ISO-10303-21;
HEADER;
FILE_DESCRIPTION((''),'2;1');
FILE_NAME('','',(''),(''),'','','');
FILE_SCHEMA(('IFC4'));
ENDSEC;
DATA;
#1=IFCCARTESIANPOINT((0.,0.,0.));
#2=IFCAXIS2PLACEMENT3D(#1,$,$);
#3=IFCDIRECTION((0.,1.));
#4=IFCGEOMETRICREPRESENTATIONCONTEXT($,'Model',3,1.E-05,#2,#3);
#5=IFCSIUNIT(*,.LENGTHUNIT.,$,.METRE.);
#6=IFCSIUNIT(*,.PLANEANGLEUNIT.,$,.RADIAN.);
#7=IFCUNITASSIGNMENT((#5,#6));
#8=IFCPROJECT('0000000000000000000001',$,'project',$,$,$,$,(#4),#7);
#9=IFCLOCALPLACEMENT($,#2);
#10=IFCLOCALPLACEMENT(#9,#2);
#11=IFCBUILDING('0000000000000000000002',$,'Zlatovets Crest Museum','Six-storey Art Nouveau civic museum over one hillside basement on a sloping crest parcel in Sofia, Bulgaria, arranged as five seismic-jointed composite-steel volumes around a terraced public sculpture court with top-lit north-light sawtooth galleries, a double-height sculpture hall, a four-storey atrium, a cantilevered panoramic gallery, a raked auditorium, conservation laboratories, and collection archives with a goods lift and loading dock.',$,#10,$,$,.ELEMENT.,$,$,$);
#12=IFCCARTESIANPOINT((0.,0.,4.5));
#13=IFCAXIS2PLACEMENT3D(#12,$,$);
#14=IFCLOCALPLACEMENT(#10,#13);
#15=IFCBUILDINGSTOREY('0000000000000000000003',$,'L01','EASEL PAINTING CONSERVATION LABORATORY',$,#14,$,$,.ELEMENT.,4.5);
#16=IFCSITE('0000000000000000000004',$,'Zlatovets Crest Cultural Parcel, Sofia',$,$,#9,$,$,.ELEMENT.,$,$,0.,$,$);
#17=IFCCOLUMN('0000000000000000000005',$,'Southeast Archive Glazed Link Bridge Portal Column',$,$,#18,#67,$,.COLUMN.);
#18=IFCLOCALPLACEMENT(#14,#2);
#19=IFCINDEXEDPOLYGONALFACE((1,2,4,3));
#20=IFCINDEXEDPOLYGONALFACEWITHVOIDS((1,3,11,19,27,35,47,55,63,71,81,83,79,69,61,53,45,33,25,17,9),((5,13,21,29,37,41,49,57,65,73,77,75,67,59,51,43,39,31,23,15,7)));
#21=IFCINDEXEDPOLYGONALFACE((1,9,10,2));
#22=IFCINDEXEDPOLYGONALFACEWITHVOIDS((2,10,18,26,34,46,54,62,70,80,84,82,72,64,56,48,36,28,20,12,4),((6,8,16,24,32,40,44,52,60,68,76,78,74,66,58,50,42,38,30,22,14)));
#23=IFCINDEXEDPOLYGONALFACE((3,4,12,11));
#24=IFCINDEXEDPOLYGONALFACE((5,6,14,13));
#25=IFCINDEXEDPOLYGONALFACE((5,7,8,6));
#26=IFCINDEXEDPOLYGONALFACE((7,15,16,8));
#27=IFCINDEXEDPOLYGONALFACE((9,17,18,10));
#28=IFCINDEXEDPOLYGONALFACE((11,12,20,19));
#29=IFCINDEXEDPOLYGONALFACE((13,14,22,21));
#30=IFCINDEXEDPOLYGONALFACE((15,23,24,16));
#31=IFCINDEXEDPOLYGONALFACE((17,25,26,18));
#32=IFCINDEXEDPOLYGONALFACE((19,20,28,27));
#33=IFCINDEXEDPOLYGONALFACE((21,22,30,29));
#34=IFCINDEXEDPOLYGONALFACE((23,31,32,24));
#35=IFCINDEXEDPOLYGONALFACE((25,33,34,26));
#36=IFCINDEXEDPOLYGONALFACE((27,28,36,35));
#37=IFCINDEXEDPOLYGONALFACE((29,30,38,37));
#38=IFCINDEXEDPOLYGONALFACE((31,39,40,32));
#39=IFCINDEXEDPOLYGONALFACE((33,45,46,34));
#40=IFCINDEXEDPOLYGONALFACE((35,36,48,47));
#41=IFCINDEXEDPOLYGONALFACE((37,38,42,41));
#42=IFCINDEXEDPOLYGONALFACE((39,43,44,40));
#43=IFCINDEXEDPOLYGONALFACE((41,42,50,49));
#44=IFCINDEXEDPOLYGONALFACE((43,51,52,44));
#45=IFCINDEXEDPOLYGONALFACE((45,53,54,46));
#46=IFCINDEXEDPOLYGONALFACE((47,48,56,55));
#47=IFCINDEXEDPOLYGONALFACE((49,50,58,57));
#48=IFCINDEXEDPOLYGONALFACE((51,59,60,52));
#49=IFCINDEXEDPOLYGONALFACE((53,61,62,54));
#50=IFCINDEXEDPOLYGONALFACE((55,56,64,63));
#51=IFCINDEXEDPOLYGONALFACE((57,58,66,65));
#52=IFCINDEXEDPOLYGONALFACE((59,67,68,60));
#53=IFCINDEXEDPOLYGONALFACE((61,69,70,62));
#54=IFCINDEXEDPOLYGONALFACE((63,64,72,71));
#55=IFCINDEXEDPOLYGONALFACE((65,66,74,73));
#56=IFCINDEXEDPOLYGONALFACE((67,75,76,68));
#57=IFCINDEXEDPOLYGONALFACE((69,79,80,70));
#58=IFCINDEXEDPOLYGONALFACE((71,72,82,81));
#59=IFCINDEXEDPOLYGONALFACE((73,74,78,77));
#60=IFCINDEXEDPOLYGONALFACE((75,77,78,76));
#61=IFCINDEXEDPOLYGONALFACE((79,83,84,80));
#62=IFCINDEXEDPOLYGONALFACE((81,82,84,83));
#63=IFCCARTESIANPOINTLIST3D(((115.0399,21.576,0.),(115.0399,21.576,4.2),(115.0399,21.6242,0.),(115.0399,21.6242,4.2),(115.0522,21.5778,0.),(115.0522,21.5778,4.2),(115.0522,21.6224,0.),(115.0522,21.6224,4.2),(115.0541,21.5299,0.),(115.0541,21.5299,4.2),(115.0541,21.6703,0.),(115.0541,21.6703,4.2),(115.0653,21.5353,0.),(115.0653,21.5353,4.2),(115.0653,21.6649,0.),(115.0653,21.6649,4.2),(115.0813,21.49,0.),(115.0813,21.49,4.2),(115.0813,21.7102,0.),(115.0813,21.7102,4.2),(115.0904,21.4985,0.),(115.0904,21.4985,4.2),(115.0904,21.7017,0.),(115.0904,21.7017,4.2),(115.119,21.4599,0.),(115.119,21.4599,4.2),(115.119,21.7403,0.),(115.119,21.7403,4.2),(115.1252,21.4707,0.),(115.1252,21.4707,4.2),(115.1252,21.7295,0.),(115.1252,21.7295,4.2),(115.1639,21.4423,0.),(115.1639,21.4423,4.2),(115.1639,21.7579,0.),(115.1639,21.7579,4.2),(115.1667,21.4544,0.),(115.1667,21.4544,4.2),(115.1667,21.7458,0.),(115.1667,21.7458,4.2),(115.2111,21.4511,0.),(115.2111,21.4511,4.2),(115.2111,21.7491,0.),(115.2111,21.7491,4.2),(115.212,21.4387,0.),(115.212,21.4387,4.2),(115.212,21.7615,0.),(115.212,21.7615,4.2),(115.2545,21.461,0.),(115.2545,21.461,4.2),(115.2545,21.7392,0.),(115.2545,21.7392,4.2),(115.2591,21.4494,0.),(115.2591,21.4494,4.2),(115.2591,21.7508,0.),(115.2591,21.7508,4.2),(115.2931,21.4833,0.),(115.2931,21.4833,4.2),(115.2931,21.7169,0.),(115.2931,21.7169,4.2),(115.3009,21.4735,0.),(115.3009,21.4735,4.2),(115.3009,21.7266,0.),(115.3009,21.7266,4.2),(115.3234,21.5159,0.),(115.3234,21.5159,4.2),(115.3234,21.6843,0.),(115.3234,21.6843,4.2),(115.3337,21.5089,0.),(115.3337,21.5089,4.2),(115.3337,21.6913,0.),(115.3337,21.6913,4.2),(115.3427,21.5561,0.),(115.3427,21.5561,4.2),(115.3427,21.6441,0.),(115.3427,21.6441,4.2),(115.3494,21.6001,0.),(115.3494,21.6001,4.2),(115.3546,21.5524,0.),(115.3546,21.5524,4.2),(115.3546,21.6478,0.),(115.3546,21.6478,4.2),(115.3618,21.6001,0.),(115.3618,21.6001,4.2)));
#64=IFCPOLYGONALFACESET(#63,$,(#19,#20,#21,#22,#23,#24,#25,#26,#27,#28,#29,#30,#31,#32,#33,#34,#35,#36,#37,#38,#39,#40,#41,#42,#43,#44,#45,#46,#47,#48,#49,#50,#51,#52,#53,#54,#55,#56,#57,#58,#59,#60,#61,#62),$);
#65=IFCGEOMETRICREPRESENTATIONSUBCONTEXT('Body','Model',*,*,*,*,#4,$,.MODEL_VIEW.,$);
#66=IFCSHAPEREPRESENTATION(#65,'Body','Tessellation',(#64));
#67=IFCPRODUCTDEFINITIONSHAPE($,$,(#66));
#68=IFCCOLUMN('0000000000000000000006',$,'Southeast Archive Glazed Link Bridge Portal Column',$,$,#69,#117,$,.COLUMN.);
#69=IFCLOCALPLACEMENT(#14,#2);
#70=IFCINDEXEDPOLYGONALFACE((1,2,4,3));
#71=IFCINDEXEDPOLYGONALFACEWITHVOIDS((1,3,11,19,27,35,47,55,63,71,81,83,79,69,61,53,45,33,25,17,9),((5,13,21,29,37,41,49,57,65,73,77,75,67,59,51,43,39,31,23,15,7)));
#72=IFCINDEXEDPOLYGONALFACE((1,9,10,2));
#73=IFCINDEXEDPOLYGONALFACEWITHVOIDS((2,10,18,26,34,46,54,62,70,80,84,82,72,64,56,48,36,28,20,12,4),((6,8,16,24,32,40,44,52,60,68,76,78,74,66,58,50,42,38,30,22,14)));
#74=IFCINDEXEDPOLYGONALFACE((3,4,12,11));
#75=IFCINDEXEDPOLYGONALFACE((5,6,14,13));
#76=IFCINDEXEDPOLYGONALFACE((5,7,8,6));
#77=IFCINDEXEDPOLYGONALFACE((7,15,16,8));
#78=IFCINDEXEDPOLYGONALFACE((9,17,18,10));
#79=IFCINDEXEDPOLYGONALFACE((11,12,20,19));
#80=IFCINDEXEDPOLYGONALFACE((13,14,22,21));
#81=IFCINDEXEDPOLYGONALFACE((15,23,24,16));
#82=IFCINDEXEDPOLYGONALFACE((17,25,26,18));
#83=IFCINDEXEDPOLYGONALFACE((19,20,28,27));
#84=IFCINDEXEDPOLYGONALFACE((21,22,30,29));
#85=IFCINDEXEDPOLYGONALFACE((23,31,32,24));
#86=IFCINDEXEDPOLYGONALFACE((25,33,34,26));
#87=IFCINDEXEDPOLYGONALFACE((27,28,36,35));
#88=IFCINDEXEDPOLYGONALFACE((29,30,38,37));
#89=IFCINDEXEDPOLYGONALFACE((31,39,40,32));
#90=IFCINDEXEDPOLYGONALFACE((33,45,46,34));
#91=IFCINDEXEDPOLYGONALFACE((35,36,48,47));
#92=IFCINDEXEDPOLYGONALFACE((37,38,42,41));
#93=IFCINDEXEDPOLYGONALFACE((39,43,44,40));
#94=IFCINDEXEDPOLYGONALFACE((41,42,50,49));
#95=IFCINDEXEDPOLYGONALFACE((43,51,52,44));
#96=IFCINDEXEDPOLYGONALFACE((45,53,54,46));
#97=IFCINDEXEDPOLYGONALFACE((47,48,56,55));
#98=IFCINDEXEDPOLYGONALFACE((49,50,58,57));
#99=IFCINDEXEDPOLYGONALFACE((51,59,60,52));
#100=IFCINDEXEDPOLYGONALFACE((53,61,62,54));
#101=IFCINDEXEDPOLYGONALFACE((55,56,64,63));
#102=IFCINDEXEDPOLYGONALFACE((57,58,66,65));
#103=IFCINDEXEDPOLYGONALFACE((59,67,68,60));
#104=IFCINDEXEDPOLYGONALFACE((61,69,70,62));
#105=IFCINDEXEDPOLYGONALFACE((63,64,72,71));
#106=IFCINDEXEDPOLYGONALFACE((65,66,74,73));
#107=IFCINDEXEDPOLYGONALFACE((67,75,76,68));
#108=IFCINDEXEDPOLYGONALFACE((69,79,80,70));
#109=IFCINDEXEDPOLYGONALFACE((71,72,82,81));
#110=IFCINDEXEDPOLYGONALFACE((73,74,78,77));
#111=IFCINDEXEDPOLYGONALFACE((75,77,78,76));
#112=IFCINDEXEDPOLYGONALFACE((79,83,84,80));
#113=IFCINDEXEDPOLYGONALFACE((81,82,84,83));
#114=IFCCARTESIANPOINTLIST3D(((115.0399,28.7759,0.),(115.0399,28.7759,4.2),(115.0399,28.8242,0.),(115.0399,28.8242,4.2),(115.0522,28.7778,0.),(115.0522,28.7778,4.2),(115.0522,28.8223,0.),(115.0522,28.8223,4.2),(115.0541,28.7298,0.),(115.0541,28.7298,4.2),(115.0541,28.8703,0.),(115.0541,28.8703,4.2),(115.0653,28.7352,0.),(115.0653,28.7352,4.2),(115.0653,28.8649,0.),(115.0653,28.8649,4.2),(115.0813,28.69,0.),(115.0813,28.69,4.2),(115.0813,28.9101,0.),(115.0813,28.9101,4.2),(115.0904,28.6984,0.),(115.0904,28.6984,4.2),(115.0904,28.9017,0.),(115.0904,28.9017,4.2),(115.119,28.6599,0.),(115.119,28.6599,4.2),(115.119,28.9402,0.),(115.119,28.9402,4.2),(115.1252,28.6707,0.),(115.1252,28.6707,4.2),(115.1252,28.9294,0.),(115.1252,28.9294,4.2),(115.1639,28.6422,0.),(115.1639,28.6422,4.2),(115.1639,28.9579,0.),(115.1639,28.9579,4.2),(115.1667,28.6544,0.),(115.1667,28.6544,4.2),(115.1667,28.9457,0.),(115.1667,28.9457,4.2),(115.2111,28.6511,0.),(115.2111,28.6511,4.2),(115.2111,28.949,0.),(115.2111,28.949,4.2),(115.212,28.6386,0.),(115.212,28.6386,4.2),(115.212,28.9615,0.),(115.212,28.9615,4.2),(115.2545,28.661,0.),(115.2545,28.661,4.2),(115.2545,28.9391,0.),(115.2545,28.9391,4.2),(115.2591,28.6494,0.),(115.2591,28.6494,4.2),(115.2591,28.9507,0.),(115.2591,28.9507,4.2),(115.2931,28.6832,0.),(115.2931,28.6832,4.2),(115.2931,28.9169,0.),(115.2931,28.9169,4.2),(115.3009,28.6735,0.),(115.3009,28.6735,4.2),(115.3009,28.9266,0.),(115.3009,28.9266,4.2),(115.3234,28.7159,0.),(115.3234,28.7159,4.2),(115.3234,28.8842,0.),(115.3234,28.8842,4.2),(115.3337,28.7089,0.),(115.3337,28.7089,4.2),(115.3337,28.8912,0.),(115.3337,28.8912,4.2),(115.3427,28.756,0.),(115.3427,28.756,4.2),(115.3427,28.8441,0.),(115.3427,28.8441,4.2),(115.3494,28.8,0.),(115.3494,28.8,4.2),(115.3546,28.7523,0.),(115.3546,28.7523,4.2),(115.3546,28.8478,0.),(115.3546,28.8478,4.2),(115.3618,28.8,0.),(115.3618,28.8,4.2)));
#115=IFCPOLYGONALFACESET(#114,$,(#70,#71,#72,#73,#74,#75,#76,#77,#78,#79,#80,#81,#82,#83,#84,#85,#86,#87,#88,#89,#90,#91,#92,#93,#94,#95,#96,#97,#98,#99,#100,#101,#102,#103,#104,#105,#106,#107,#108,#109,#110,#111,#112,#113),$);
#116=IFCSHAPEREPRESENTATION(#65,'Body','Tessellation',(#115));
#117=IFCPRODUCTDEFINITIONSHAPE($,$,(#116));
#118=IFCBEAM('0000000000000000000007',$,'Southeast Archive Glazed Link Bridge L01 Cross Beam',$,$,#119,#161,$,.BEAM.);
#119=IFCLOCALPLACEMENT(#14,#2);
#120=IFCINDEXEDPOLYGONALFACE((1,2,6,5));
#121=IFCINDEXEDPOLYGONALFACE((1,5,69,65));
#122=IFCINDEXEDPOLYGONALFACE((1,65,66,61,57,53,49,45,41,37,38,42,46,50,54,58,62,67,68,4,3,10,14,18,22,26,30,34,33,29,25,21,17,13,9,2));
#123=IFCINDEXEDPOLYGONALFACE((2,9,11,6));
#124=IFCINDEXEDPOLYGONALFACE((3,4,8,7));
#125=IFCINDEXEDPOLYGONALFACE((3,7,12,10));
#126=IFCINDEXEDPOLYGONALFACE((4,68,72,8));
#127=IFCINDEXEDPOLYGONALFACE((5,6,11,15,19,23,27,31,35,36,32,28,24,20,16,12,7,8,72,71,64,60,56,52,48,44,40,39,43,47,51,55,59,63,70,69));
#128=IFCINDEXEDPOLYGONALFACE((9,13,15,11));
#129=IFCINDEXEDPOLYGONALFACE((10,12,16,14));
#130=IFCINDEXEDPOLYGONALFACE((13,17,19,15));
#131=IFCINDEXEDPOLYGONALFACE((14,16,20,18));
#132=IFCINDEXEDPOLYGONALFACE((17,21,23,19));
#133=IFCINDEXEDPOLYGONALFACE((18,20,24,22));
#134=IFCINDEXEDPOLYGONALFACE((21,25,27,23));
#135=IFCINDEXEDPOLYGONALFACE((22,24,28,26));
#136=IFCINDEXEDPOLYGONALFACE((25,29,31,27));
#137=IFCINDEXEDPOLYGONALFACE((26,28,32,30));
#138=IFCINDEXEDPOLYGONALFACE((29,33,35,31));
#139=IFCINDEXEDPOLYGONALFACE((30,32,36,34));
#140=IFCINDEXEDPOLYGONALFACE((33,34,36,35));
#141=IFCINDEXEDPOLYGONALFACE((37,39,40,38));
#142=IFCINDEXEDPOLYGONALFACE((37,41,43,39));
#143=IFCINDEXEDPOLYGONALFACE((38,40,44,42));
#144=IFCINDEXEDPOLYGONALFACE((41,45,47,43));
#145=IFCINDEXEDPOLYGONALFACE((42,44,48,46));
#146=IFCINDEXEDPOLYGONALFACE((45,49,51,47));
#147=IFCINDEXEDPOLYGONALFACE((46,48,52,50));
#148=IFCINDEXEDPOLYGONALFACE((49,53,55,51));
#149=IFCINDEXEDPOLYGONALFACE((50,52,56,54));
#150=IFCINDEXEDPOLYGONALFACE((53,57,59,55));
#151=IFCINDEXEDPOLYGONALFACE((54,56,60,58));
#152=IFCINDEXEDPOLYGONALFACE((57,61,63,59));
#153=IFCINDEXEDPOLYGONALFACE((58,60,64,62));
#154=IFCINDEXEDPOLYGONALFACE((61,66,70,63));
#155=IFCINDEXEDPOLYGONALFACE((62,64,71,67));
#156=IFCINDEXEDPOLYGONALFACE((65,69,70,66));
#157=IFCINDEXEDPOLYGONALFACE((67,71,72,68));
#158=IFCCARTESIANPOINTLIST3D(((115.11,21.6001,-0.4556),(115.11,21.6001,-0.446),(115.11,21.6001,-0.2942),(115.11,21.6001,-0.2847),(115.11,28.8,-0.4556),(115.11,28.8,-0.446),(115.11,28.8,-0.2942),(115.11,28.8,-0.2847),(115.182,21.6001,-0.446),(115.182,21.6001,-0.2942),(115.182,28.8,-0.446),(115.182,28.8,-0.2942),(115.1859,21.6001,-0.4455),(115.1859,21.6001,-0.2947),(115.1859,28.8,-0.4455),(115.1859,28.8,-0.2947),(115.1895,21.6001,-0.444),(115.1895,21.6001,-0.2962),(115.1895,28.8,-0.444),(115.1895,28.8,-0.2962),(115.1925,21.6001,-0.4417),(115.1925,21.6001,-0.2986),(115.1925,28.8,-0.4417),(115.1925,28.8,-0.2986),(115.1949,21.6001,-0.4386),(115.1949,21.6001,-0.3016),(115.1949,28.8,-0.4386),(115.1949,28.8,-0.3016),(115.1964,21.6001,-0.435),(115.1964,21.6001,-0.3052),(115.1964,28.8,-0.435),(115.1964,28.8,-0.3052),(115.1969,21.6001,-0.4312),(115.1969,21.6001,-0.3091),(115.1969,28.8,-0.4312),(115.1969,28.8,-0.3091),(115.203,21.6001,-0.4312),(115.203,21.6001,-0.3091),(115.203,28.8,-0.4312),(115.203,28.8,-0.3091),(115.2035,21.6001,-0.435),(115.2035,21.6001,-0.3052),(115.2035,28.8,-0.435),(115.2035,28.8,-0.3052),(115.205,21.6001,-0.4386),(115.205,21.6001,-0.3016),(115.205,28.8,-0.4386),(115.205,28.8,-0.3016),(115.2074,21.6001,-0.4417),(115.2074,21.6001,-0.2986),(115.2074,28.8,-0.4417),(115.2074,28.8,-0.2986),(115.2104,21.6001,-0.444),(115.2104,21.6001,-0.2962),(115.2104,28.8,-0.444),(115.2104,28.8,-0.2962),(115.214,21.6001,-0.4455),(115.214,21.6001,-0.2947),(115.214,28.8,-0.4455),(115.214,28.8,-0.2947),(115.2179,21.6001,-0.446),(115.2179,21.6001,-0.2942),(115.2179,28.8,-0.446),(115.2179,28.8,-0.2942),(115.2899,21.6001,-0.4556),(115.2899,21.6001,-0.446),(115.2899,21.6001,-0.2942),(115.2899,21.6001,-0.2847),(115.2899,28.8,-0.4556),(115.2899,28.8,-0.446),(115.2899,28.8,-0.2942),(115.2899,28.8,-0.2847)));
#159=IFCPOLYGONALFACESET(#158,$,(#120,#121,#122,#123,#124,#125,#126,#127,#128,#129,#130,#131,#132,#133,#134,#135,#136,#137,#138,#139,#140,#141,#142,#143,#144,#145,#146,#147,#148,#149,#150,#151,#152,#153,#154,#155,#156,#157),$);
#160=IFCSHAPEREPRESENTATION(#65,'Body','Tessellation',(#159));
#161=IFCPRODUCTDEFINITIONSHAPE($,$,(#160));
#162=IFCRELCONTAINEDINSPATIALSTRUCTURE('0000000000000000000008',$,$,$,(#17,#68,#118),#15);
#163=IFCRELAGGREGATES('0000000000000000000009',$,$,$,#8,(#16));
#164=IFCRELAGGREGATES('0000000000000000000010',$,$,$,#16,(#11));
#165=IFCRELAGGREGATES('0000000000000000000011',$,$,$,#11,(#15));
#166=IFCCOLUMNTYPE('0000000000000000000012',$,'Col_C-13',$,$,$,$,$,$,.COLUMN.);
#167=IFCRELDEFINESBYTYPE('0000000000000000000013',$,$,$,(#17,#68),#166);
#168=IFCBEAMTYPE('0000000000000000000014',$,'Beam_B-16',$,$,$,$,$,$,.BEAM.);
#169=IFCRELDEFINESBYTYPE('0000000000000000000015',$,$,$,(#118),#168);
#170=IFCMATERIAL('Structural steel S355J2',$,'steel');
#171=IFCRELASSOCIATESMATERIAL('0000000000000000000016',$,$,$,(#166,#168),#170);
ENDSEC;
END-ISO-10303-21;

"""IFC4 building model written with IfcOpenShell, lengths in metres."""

from ifc_helpers import new_model, si_unit, direction, frame, origin, origin_2d, place, context, subcontext, project, spatial, hollow_circle, i_section, extrude, material, material_profile, profile_set, type_object, element, save


model = new_model("IFC4")

# Units and contexts
model_context = context("Model", 3, precision=1e-05, world=origin(), true_north=direction((0.0, 1.0)))
body_context = subcontext(model_context, "Body", "Model", "MODEL_VIEW")
ifc_project = project(units=[si_unit("LENGTHUNIT", "METRE"), si_unit("PLANEANGLEUNIT", "RADIAN")], contexts=[model_context])

# Site, building, storey
site_placement = place(None, origin())
site = spatial("IfcSite", under=ifc_project, at=site_placement, Name="Zlatovets Crest Cultural Parcel, Sofia", CompositionType="ELEMENT", RefElevation=0.0)
building_placement = place(site_placement, origin())
building = spatial("IfcBuilding", under=site, at=building_placement, Name="Zlatovets Crest Museum", Description="Six-storey Art Nouveau civic museum over one hillside basement on a sloping crest parcel in Sofia, Bulgaria, arranged as five seismic-jointed composite-steel volumes around a terraced public sculpture court with top-lit north-light sawtooth galleries, a double-height sculpture hall, a four-storey atrium, a cantilevered panoramic gallery, a raked auditorium, conservation laboratories, and collection archives with a goods lift and loading dock.", CompositionType="ELEMENT")
storey_placement = place(building_placement, frame((0.0, 0.0, 4.5)))
storey = spatial("IfcBuildingStorey", under=building, at=storey_placement, Name="L01", Description="EASEL PAINTING CONSERVATION LABORATORY", CompositionType="ELEMENT", Elevation=4.5)

# Columns
ifc_material_1 = material(Name="Structural steel S355J2", Category="steel")
ifc_material_profile_1 = material_profile(ifc_material_1, hollow_circle(Radius=0.1619, WallThickness=0.0125, at=origin_2d()), Name="CHS 323.9x12.5")
ifc_profile_set_1 = profile_set([ifc_material_profile_1], Name="Structural steel S355J2")
column_type = type_object("IfcColumnType", Name="Col_C-13", PredefinedType="COLUMN", material=ifc_profile_set_1)
for number, where, z_axis, x_axis, name in (
    (1, (115.2, 21.6001, 0.0), (0.0, 0.0, 1.0), (1.0, 0.0, 0.0), "Southeast Archive Glazed Link Bridge Portal Column"),
    (2, (115.2, 28.8, 0.0), (0.0, 0.0, 1.0), (1.0, 0.0, 0.0), "Southeast Archive Glazed Link Bridge Portal Column"),
):
    element("IfcColumn", number, at=place(storey_placement, frame(where, z_axis=z_axis, x_axis=x_axis)), inside=storey, type_object=column_type, Name=name, PredefinedType="COLUMN", context=body_context, shape_type="SweptSolid", body=[
        extrude(hollow_circle(Radius=0.1619, WallThickness=0.0125, at=origin_2d()), origin(), (0.0, 0.0, 1.0), 4.2),
    ])

# Beam
ifc_material_profile_2 = material_profile(ifc_material_1, i_section(OverallWidth=0.1799, OverallDepth=0.1709, WebThickness=0.0061, FlangeThickness=0.0095, FilletRadius=0.0149, at=origin_2d()), Name="HEA 180")
ifc_profile_set_2 = profile_set([ifc_material_profile_2], Name="Structural steel S355J2")
beam_type_1 = type_object("IfcBeamType", Name="Beam_B-16", PredefinedType="BEAM", material=ifc_profile_set_2)
beam_placement = place(storey_placement, frame((115.2, 21.6001, -0.3701), z_axis=(0.0, 1.0, 0.0), x_axis=(-1.0, 0.0, 0.0)))
element("IfcBeam", 3, at=beam_placement, inside=storey, type_object=beam_type_1, Name="Southeast Archive Glazed Link Bridge L01 Cross Beam", PredefinedType="BEAM", context=body_context, shape_type="SweptSolid", body=[
    extrude(i_section(OverallWidth=0.1799, OverallDepth=0.1709, WebThickness=0.0061, FlangeThickness=0.0095, FilletRadius=0.0149, at=origin_2d()), origin(), (0.0, 0.0, 1.0), 7.2),
])

save(model, "model.ifc")
